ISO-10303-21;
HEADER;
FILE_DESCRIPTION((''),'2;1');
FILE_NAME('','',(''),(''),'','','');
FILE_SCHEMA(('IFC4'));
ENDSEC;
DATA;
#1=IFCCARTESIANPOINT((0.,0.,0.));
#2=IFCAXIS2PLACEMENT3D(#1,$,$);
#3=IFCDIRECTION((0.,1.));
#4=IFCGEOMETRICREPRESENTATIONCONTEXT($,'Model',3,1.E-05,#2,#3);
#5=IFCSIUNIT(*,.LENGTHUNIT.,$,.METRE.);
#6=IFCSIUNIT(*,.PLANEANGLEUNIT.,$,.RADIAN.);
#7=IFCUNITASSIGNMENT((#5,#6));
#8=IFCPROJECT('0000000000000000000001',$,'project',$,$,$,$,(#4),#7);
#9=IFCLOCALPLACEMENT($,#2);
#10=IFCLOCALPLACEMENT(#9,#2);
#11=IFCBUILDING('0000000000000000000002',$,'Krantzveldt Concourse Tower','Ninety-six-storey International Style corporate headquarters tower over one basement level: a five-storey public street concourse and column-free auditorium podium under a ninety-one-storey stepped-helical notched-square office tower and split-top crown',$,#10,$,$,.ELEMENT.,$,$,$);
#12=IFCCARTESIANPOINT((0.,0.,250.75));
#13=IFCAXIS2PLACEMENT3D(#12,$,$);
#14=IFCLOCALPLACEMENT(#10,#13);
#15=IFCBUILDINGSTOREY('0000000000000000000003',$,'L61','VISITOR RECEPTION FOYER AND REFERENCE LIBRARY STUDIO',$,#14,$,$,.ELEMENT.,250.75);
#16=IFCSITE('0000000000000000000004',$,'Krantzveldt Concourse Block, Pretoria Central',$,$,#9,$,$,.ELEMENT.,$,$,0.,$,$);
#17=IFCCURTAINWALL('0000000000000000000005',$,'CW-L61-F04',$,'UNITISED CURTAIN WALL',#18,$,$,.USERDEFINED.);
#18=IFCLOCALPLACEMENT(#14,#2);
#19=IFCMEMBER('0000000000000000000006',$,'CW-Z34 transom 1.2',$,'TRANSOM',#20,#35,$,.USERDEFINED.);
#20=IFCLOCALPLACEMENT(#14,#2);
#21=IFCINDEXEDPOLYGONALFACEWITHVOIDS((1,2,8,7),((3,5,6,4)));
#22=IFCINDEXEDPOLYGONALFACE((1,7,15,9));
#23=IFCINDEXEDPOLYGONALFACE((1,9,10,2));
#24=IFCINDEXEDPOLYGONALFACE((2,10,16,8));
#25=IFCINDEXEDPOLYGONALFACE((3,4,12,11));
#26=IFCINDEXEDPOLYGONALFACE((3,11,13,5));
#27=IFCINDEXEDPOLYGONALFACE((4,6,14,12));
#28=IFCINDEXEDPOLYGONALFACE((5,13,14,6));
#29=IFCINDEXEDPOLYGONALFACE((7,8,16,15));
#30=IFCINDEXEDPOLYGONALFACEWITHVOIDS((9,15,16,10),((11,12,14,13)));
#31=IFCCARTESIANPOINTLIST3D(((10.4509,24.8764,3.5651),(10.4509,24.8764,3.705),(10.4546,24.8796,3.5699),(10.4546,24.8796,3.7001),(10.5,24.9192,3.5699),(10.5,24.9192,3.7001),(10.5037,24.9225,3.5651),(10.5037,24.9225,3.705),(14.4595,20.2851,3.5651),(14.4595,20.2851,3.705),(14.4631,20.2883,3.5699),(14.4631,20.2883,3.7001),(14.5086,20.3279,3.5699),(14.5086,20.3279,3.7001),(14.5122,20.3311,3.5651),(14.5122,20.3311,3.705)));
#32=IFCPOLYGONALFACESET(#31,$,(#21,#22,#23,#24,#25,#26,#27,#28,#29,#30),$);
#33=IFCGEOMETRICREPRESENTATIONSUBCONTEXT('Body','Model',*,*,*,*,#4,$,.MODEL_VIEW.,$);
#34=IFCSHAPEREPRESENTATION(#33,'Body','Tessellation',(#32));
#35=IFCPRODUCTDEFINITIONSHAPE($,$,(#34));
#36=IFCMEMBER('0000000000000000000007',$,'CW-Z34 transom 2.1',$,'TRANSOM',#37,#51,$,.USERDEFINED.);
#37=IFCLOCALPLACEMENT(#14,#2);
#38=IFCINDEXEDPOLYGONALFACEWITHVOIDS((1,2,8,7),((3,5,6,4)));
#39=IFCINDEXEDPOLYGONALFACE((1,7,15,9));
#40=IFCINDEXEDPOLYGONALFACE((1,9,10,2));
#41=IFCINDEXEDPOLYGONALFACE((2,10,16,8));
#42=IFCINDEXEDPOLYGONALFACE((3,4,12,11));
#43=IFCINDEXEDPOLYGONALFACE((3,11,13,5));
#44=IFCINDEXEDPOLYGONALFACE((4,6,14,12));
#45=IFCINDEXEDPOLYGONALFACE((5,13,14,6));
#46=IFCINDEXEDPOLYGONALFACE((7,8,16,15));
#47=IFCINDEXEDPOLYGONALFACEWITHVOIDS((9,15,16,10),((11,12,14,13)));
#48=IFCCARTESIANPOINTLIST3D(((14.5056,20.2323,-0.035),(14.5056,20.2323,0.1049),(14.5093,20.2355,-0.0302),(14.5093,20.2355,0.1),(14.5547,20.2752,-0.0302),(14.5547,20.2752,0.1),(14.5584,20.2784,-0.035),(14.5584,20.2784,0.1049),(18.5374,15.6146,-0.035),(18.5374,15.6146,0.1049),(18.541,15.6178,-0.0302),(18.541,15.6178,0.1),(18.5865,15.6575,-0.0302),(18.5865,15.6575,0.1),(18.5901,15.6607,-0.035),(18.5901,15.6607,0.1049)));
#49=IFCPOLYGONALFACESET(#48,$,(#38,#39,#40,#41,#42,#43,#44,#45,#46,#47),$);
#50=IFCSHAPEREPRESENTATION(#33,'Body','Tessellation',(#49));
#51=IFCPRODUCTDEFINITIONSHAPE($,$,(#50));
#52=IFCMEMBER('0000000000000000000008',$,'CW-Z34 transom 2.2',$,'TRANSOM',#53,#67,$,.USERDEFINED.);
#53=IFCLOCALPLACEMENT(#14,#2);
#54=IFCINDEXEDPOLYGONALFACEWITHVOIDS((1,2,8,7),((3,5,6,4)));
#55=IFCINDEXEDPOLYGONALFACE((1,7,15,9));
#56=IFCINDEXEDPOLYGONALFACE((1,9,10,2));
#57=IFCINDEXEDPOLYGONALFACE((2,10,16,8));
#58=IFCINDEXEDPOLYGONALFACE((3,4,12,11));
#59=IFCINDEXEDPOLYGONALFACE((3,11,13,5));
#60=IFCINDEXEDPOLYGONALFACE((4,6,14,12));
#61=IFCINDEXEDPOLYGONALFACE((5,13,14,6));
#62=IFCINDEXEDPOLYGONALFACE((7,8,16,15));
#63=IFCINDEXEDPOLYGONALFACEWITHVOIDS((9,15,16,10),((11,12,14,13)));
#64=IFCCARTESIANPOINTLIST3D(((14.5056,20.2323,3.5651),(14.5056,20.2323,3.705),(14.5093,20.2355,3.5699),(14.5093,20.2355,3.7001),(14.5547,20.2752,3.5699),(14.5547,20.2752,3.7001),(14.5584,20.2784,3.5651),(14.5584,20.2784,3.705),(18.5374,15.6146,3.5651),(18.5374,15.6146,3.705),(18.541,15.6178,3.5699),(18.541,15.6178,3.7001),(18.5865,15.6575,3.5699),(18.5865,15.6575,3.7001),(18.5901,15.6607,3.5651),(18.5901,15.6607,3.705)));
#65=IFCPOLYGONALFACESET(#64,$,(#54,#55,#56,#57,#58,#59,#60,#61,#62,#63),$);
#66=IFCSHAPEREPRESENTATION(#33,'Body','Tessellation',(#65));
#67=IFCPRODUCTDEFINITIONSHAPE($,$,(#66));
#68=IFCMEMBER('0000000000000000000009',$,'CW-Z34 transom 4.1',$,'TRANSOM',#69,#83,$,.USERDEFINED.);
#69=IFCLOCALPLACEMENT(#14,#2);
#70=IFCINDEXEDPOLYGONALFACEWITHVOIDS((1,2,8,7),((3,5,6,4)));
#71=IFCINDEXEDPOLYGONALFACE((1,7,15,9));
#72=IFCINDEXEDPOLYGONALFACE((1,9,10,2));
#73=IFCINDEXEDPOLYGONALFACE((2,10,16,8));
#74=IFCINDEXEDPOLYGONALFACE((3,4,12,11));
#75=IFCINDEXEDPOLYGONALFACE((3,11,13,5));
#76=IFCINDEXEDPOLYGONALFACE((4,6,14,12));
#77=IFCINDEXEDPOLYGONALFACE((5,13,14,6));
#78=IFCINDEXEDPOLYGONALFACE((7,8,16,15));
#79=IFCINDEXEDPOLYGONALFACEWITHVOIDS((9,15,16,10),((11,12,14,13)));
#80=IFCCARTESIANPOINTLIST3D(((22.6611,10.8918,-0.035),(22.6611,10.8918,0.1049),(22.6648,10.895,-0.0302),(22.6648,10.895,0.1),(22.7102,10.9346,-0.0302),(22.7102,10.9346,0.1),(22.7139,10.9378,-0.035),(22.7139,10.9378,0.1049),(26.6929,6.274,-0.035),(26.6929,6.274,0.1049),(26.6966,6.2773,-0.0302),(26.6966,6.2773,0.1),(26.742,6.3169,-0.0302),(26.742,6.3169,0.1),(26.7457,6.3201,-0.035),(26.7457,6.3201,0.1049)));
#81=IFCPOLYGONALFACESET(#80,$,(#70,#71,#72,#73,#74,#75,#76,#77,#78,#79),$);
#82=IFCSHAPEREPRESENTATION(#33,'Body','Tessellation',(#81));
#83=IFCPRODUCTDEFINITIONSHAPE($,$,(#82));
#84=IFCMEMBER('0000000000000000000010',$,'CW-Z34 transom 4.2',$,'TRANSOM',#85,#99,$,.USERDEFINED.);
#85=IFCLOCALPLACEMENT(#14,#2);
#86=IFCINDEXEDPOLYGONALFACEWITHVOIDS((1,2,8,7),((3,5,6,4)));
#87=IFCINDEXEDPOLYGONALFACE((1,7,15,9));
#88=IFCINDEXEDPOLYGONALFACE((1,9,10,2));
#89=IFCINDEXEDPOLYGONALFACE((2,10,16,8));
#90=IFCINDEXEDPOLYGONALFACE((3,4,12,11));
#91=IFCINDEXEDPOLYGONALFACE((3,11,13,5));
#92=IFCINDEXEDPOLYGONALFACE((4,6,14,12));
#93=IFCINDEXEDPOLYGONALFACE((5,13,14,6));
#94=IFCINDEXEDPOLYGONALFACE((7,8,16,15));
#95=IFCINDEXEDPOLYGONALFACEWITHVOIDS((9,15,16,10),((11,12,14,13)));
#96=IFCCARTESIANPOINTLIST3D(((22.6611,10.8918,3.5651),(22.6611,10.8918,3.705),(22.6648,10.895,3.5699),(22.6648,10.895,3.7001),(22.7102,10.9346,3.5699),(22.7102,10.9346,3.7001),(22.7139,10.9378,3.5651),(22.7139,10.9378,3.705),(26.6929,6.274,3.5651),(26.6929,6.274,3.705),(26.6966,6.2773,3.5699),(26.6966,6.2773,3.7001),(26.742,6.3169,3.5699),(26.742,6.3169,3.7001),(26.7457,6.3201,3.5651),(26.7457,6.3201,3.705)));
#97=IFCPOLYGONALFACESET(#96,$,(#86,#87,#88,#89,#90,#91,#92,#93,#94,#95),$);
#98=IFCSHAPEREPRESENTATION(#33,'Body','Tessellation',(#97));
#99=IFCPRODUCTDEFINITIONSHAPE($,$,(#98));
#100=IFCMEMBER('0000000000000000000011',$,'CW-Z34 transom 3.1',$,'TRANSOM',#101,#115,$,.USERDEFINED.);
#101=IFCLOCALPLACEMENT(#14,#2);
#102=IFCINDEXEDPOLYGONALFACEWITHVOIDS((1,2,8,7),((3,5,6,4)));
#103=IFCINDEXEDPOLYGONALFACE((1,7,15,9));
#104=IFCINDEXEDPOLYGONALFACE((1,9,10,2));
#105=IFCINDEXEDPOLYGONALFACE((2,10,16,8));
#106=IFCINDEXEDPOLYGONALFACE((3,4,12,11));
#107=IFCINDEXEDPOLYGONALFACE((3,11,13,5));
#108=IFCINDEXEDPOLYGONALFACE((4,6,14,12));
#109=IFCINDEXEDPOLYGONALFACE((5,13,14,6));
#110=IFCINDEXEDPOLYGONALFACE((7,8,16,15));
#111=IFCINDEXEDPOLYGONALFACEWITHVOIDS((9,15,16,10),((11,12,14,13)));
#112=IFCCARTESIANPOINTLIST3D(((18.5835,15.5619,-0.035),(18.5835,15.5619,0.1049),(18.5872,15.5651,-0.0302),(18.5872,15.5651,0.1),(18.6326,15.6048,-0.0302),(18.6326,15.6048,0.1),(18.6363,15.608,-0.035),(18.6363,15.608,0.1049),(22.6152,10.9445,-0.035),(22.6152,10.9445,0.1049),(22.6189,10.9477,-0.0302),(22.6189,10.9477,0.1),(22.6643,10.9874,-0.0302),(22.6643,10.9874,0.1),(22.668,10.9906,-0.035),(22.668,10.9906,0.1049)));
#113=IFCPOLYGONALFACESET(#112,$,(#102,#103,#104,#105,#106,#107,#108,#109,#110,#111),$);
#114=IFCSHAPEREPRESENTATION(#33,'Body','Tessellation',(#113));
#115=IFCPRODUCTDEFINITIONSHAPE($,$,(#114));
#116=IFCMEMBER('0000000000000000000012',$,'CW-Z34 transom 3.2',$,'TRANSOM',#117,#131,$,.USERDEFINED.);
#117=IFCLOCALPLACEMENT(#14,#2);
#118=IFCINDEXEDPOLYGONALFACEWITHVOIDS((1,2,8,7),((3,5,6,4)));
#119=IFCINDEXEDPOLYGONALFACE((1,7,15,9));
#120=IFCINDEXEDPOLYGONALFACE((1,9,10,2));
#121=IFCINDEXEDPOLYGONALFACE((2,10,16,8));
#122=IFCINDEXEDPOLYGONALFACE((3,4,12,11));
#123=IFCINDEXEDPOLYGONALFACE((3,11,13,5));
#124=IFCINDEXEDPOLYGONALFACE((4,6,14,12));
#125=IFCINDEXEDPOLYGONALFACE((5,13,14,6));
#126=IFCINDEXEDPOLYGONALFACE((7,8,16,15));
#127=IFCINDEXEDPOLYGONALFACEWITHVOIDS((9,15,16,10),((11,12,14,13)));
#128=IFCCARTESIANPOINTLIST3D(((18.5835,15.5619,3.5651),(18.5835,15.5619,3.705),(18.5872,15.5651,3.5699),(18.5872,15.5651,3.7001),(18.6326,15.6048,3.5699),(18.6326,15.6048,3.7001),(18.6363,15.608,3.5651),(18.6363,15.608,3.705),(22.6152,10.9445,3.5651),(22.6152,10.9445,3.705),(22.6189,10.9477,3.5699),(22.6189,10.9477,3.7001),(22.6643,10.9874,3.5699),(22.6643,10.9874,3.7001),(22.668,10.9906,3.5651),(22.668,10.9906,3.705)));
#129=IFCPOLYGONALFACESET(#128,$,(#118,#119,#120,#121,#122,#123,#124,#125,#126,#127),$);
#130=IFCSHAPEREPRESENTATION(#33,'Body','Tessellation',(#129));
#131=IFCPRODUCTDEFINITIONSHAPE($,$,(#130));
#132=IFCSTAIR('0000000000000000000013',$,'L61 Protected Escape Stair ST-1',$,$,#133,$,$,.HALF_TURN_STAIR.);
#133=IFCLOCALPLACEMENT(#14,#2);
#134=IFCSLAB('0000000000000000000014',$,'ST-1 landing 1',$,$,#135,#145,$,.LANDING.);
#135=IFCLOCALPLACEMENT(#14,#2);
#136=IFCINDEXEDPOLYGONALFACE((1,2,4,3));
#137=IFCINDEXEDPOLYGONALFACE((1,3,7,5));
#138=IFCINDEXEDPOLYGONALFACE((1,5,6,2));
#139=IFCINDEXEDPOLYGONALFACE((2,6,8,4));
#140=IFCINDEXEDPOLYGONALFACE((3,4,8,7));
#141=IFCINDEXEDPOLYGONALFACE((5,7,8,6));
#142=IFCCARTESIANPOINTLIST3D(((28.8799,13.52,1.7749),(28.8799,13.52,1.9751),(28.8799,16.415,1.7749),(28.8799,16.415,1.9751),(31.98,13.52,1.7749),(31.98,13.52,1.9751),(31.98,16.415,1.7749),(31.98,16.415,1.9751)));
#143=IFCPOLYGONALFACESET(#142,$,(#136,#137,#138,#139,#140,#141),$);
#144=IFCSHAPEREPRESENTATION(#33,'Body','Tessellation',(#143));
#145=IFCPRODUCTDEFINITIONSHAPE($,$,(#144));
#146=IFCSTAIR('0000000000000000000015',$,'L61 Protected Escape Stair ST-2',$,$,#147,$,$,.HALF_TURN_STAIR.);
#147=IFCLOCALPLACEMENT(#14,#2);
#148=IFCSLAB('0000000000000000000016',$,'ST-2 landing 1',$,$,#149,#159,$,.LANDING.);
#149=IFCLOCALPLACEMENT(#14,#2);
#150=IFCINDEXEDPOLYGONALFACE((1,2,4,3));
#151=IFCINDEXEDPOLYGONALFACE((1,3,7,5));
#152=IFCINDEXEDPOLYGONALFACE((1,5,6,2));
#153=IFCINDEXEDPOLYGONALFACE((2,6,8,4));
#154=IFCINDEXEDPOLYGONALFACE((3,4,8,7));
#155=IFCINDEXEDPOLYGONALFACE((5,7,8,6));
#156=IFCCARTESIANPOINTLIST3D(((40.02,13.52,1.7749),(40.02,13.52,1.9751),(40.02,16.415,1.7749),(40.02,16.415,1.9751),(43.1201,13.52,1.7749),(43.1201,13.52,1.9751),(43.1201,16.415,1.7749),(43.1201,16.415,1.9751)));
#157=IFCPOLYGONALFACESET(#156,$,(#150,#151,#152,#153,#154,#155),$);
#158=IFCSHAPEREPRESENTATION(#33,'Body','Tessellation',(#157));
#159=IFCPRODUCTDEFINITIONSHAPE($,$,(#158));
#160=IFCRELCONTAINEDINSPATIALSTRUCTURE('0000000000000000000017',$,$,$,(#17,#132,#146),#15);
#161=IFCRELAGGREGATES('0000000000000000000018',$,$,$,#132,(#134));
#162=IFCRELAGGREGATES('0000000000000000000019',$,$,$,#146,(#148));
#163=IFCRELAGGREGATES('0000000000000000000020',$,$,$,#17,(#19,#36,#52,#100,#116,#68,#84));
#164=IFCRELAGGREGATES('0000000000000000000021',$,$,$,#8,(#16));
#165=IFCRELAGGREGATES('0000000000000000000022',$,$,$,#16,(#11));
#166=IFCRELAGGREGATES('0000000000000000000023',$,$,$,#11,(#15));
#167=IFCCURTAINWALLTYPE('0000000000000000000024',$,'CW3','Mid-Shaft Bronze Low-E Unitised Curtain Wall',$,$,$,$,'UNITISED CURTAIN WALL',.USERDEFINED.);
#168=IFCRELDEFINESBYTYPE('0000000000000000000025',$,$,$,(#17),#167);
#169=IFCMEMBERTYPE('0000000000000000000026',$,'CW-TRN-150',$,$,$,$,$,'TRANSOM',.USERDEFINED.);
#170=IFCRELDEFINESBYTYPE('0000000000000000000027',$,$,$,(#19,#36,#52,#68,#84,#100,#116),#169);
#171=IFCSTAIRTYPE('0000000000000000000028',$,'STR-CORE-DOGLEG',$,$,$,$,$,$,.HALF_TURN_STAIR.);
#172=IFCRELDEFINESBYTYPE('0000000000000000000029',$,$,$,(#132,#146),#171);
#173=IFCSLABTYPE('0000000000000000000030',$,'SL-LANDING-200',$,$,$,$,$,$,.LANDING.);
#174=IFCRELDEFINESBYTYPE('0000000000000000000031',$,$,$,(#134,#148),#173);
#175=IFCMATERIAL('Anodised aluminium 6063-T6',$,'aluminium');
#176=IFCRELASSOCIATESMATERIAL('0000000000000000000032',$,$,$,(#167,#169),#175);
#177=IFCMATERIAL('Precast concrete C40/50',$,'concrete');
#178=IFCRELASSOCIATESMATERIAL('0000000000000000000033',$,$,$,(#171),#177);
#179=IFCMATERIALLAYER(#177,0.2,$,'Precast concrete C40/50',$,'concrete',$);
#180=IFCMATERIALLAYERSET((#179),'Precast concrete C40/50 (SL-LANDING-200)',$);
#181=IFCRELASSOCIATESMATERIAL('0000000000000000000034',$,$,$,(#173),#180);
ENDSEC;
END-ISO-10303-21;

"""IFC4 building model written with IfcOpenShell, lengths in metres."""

from ifc_helpers import new_model, si_unit, direction, frame, origin, origin_2d, place, context, subcontext, project, spatial, polyline, hollow_rectangle, outline, extrude, source, transform, mapped, material, layer, layer_set, material_profile, profile_set, type_object, type_shapes, element, aggregate, save


model = new_model("IFC4")

# Units and contexts
model_context = context("Model", 3, precision=1e-05, world=origin(), true_north=direction((0.0, 1.0)))
body_context = subcontext(model_context, "Body", "Model", "MODEL_VIEW")
ifc_project = project(units=[si_unit("LENGTHUNIT", "METRE"), si_unit("PLANEANGLEUNIT", "RADIAN")], contexts=[model_context])

# Site, building, storey
site_placement = place(None, origin())
site = spatial("IfcSite", under=ifc_project, at=site_placement, Name="Krantzveldt Concourse Block, Pretoria Central", CompositionType="ELEMENT", RefElevation=0.0)
building_placement = place(site_placement, origin())
building = spatial("IfcBuilding", under=site, at=building_placement, Name="Krantzveldt Concourse Tower", Description="Ninety-six-storey International Style corporate headquarters tower over one basement level: a five-storey public street concourse and column-free auditorium podium under a ninety-one-storey stepped-helical notched-square office tower and split-top crown", CompositionType="ELEMENT")
storey_placement = place(building_placement, frame((0.0, 0.0, 250.75)))
storey = spatial("IfcBuildingStorey", under=building, at=storey_placement, Name="L61", Description="VISITOR RECEPTION FOYER AND REFERENCE LIBRARY STUDIO", CompositionType="ELEMENT", Elevation=250.75)

# Curtain wall, members
ifc_material_1 = material(Name="Anodised aluminium 6063-T6", Category="aluminium")
curtain_wall_type = type_object("IfcCurtainWallType", Name="CW3", Description="Mid-Shaft Bronze Low-E Unitised Curtain Wall", ElementType="UNITISED CURTAIN WALL", PredefinedType="USERDEFINED", material=ifc_material_1)
curtain_wall_placement = place(storey_placement, origin())
curtain_wall = element("IfcCurtainWall", 1, at=curtain_wall_placement, inside=storey, type_object=curtain_wall_type, Name="CW-L61-F04", ObjectType="UNITISED CURTAIN WALL", PredefinedType="USERDEFINED")
ifc_material_profile_1 = material_profile(ifc_material_1, hollow_rectangle(XDim=0.0701, YDim=0.1399, WallThickness=0.0049, at=origin_2d()), Name="Anodised aluminium 6063-T6", Category="aluminium")
ifc_profile_set_1 = profile_set([ifc_material_profile_1], Name="Anodised aluminium 6063-T6 - ALU-TRAN 140x70x5")
member_type_1 = type_object("IfcMemberType", Name="CW-TRN-150", ElementType="TRANSOM", PredefinedType="USERDEFINED", material=ifc_profile_set_1)
shared_shape_1 = source(origin(), body_context, "Body", "SweptSolid", [
    extrude(hollow_rectangle(XDim=0.0701, YDim=0.1399, WallThickness=0.0049, at=origin_2d()), origin(), (0.0, 0.0, 1.0), 6.095),
])
member_1_placement = place(storey_placement, frame((10.4773, 24.8994, 3.635), z_axis=(0.657682, -0.753296, 0.0), x_axis=(0.753296, 0.657682, 0.0)))
member_1 = element("IfcMember", 2, at=member_1_placement, type_object=member_type_1, Name="CW-Z34 transom 1.2", ObjectType="TRANSOM", PredefinedType="USERDEFINED", context=body_context, shape_type="MappedRepresentation", body=[
    mapped(shared_shape_1, transform((0.0, 0.0, 0.0), x_axis=(1.0, 0.0, 0.0), y_axis=(0.0, 1.0, 0.0), z_axis=(0.0, 0.0, 1.0), scale=1.0)),
])
shared_shape_2 = source(origin(), body_context, "Body", "SweptSolid", [
    extrude(hollow_rectangle(XDim=0.0701, YDim=0.1399, WallThickness=0.0049, at=origin_2d()), origin(), (0.0, 0.0, 1.0), 6.1301),
])
member_2_placement = place(storey_placement, frame((14.532, 20.2554, 0.0349), z_axis=(0.657698, -0.753282, 0.0), x_axis=(0.753282, 0.657698, 0.0)))
member_2 = element("IfcMember", 3, at=member_2_placement, type_object=member_type_1, Name="CW-Z34 transom 2.1", ObjectType="TRANSOM", PredefinedType="USERDEFINED", context=body_context, shape_type="MappedRepresentation", body=[
    mapped(shared_shape_2, transform((0.0, 0.0, 0.0), x_axis=(1.0, 0.0, 0.0), y_axis=(0.0, 1.0, 0.0), z_axis=(0.0, 0.0, 1.0), scale=1.0)),
])
member_3_placement = place(storey_placement, frame((14.532, 20.2554, 3.635), z_axis=(0.657698, -0.753282, 0.0), x_axis=(0.753282, 0.657698, 0.0)))
member_3 = element("IfcMember", 4, at=member_3_placement, type_object=member_type_1, Name="CW-Z34 transom 2.2", ObjectType="TRANSOM", PredefinedType="USERDEFINED", context=body_context, shape_type="MappedRepresentation", body=[
    mapped(shared_shape_2, transform((0.0, 0.0, 0.0), x_axis=(1.0, 0.0, 0.0), y_axis=(0.0, 1.0, 0.0), z_axis=(0.0, 0.0, 1.0), scale=1.0)),
])
member_4_placement = place(storey_placement, frame((22.6875, 10.9148, 0.0349), z_axis=(0.657698, -0.753282, 0.0), x_axis=(0.753282, 0.657698, 0.0)))
member_4 = element("IfcMember", 5, at=member_4_placement, type_object=member_type_1, Name="CW-Z34 transom 4.1", ObjectType="TRANSOM", PredefinedType="USERDEFINED", context=body_context, shape_type="MappedRepresentation", body=[
    mapped(shared_shape_2, transform((0.0, 0.0, 0.0), x_axis=(1.0, 0.0, 0.0), y_axis=(0.0, 1.0, 0.0), z_axis=(0.0, 0.0, 1.0), scale=1.0)),
])
member_5_placement = place(storey_placement, frame((22.6875, 10.9148, 3.635), z_axis=(0.657698, -0.753282, 0.0), x_axis=(0.753282, 0.657698, 0.0)))
member_5 = element("IfcMember", 6, at=member_5_placement, type_object=member_type_1, Name="CW-Z34 transom 4.2", ObjectType="TRANSOM", PredefinedType="USERDEFINED", context=body_context, shape_type="MappedRepresentation", body=[
    mapped(shared_shape_2, transform((0.0, 0.0, 0.0), x_axis=(1.0, 0.0, 0.0), y_axis=(0.0, 1.0, 0.0), z_axis=(0.0, 0.0, 1.0), scale=1.0)),
])
shared_shape_3 = source(origin(), body_context, "Body", "SweptSolid", [
    extrude(hollow_rectangle(XDim=0.0701, YDim=0.1399, WallThickness=0.0049, at=origin_2d()), origin(), (0.0, 0.0, 1.0), 6.1299),
])
type_shapes(member_type_1, [shared_shape_1, shared_shape_2, shared_shape_3])
member_6_placement = place(storey_placement, frame((18.6099, 15.585, 0.0349), z_axis=(0.657718, -0.753265, 0.0), x_axis=(0.753265, 0.657718, 0.0)))
member_6 = element("IfcMember", 7, at=member_6_placement, type_object=member_type_1, Name="CW-Z34 transom 3.1", ObjectType="TRANSOM", PredefinedType="USERDEFINED", context=body_context, shape_type="MappedRepresentation", body=[
    mapped(shared_shape_3, transform((0.0, 0.0, 0.0), x_axis=(1.0, 0.0, 0.0), y_axis=(0.0, 1.0, 0.0), z_axis=(0.0, 0.0, 1.0), scale=1.0)),
])
member_7_placement = place(storey_placement, frame((18.6099, 15.585, 3.635), z_axis=(0.657718, -0.753265, 0.0), x_axis=(0.753265, 0.657718, 0.0)))
member_7 = element("IfcMember", 8, at=member_7_placement, type_object=member_type_1, Name="CW-Z34 transom 3.2", ObjectType="TRANSOM", PredefinedType="USERDEFINED", context=body_context, shape_type="MappedRepresentation", body=[
    mapped(shared_shape_3, transform((0.0, 0.0, 0.0), x_axis=(1.0, 0.0, 0.0), y_axis=(0.0, 1.0, 0.0), z_axis=(0.0, 0.0, 1.0), scale=1.0)),
])

# Stairs, slabs
ifc_material_2 = material(Name="Precast concrete C40/50", Category="concrete")
stair_type = type_object("IfcStairType", Name="STR-CORE-DOGLEG", PredefinedType="HALF_TURN_STAIR", material=ifc_material_2)
stair_1_placement = place(storey_placement, origin())
stair_1 = element("IfcStair", 9, at=stair_1_placement, inside=storey, type_object=stair_type, Name="L61 Protected Escape Stair ST-1", PredefinedType="HALF_TURN_STAIR")
ifc_layer_1 = layer(ifc_material_2, 0.2, Name="Precast concrete C40/50", Category="concrete")
ifc_layer_set_1 = layer_set([ifc_layer_1], Name="Precast concrete C40/50 (SL-LANDING-200)")
slab_type_1 = type_object("IfcSlabType", Name="SL-LANDING-200", PredefinedType="LANDING", material=ifc_layer_set_1)
slab_1_placement = place(storey_placement, frame((0.0, 0.0, 1.7749)))
slab_1 = element("IfcSlab", 10, at=slab_1_placement, type_object=slab_type_1, Name="ST-1 landing 1", PredefinedType="LANDING", context=body_context, shape_type="SweptSolid", body=[
    extrude(outline(polyline([(28.8799, 16.415), (28.8799, 13.52), (31.98, 13.52), (31.98, 16.415), (28.8799, 16.415)])), origin(), (0.0, 0.0, 1.0), 0.2002),
])
aggregate(stair_1, [slab_1])
stair_2_placement = place(storey_placement, origin())
stair_2 = element("IfcStair", 11, at=stair_2_placement, inside=storey, type_object=stair_type, Name="L61 Protected Escape Stair ST-2", PredefinedType="HALF_TURN_STAIR")
slab_2_placement = place(storey_placement, frame((0.0, 0.0, 1.7749)))
slab_2 = element("IfcSlab", 12, at=slab_2_placement, type_object=slab_type_1, Name="ST-2 landing 1", PredefinedType="LANDING", context=body_context, shape_type="SweptSolid", body=[
    extrude(outline(polyline([(40.02, 16.415), (40.02, 13.52), (43.1201, 13.52), (43.1201, 16.415), (40.02, 16.415)])), origin(), (0.0, 0.0, 1.0), 0.2002),
])
aggregate(stair_2, [slab_2])

aggregate(curtain_wall, [member_1, member_2, member_3, member_6, member_7, member_4, member_5])

save(model, "model.ifc")
